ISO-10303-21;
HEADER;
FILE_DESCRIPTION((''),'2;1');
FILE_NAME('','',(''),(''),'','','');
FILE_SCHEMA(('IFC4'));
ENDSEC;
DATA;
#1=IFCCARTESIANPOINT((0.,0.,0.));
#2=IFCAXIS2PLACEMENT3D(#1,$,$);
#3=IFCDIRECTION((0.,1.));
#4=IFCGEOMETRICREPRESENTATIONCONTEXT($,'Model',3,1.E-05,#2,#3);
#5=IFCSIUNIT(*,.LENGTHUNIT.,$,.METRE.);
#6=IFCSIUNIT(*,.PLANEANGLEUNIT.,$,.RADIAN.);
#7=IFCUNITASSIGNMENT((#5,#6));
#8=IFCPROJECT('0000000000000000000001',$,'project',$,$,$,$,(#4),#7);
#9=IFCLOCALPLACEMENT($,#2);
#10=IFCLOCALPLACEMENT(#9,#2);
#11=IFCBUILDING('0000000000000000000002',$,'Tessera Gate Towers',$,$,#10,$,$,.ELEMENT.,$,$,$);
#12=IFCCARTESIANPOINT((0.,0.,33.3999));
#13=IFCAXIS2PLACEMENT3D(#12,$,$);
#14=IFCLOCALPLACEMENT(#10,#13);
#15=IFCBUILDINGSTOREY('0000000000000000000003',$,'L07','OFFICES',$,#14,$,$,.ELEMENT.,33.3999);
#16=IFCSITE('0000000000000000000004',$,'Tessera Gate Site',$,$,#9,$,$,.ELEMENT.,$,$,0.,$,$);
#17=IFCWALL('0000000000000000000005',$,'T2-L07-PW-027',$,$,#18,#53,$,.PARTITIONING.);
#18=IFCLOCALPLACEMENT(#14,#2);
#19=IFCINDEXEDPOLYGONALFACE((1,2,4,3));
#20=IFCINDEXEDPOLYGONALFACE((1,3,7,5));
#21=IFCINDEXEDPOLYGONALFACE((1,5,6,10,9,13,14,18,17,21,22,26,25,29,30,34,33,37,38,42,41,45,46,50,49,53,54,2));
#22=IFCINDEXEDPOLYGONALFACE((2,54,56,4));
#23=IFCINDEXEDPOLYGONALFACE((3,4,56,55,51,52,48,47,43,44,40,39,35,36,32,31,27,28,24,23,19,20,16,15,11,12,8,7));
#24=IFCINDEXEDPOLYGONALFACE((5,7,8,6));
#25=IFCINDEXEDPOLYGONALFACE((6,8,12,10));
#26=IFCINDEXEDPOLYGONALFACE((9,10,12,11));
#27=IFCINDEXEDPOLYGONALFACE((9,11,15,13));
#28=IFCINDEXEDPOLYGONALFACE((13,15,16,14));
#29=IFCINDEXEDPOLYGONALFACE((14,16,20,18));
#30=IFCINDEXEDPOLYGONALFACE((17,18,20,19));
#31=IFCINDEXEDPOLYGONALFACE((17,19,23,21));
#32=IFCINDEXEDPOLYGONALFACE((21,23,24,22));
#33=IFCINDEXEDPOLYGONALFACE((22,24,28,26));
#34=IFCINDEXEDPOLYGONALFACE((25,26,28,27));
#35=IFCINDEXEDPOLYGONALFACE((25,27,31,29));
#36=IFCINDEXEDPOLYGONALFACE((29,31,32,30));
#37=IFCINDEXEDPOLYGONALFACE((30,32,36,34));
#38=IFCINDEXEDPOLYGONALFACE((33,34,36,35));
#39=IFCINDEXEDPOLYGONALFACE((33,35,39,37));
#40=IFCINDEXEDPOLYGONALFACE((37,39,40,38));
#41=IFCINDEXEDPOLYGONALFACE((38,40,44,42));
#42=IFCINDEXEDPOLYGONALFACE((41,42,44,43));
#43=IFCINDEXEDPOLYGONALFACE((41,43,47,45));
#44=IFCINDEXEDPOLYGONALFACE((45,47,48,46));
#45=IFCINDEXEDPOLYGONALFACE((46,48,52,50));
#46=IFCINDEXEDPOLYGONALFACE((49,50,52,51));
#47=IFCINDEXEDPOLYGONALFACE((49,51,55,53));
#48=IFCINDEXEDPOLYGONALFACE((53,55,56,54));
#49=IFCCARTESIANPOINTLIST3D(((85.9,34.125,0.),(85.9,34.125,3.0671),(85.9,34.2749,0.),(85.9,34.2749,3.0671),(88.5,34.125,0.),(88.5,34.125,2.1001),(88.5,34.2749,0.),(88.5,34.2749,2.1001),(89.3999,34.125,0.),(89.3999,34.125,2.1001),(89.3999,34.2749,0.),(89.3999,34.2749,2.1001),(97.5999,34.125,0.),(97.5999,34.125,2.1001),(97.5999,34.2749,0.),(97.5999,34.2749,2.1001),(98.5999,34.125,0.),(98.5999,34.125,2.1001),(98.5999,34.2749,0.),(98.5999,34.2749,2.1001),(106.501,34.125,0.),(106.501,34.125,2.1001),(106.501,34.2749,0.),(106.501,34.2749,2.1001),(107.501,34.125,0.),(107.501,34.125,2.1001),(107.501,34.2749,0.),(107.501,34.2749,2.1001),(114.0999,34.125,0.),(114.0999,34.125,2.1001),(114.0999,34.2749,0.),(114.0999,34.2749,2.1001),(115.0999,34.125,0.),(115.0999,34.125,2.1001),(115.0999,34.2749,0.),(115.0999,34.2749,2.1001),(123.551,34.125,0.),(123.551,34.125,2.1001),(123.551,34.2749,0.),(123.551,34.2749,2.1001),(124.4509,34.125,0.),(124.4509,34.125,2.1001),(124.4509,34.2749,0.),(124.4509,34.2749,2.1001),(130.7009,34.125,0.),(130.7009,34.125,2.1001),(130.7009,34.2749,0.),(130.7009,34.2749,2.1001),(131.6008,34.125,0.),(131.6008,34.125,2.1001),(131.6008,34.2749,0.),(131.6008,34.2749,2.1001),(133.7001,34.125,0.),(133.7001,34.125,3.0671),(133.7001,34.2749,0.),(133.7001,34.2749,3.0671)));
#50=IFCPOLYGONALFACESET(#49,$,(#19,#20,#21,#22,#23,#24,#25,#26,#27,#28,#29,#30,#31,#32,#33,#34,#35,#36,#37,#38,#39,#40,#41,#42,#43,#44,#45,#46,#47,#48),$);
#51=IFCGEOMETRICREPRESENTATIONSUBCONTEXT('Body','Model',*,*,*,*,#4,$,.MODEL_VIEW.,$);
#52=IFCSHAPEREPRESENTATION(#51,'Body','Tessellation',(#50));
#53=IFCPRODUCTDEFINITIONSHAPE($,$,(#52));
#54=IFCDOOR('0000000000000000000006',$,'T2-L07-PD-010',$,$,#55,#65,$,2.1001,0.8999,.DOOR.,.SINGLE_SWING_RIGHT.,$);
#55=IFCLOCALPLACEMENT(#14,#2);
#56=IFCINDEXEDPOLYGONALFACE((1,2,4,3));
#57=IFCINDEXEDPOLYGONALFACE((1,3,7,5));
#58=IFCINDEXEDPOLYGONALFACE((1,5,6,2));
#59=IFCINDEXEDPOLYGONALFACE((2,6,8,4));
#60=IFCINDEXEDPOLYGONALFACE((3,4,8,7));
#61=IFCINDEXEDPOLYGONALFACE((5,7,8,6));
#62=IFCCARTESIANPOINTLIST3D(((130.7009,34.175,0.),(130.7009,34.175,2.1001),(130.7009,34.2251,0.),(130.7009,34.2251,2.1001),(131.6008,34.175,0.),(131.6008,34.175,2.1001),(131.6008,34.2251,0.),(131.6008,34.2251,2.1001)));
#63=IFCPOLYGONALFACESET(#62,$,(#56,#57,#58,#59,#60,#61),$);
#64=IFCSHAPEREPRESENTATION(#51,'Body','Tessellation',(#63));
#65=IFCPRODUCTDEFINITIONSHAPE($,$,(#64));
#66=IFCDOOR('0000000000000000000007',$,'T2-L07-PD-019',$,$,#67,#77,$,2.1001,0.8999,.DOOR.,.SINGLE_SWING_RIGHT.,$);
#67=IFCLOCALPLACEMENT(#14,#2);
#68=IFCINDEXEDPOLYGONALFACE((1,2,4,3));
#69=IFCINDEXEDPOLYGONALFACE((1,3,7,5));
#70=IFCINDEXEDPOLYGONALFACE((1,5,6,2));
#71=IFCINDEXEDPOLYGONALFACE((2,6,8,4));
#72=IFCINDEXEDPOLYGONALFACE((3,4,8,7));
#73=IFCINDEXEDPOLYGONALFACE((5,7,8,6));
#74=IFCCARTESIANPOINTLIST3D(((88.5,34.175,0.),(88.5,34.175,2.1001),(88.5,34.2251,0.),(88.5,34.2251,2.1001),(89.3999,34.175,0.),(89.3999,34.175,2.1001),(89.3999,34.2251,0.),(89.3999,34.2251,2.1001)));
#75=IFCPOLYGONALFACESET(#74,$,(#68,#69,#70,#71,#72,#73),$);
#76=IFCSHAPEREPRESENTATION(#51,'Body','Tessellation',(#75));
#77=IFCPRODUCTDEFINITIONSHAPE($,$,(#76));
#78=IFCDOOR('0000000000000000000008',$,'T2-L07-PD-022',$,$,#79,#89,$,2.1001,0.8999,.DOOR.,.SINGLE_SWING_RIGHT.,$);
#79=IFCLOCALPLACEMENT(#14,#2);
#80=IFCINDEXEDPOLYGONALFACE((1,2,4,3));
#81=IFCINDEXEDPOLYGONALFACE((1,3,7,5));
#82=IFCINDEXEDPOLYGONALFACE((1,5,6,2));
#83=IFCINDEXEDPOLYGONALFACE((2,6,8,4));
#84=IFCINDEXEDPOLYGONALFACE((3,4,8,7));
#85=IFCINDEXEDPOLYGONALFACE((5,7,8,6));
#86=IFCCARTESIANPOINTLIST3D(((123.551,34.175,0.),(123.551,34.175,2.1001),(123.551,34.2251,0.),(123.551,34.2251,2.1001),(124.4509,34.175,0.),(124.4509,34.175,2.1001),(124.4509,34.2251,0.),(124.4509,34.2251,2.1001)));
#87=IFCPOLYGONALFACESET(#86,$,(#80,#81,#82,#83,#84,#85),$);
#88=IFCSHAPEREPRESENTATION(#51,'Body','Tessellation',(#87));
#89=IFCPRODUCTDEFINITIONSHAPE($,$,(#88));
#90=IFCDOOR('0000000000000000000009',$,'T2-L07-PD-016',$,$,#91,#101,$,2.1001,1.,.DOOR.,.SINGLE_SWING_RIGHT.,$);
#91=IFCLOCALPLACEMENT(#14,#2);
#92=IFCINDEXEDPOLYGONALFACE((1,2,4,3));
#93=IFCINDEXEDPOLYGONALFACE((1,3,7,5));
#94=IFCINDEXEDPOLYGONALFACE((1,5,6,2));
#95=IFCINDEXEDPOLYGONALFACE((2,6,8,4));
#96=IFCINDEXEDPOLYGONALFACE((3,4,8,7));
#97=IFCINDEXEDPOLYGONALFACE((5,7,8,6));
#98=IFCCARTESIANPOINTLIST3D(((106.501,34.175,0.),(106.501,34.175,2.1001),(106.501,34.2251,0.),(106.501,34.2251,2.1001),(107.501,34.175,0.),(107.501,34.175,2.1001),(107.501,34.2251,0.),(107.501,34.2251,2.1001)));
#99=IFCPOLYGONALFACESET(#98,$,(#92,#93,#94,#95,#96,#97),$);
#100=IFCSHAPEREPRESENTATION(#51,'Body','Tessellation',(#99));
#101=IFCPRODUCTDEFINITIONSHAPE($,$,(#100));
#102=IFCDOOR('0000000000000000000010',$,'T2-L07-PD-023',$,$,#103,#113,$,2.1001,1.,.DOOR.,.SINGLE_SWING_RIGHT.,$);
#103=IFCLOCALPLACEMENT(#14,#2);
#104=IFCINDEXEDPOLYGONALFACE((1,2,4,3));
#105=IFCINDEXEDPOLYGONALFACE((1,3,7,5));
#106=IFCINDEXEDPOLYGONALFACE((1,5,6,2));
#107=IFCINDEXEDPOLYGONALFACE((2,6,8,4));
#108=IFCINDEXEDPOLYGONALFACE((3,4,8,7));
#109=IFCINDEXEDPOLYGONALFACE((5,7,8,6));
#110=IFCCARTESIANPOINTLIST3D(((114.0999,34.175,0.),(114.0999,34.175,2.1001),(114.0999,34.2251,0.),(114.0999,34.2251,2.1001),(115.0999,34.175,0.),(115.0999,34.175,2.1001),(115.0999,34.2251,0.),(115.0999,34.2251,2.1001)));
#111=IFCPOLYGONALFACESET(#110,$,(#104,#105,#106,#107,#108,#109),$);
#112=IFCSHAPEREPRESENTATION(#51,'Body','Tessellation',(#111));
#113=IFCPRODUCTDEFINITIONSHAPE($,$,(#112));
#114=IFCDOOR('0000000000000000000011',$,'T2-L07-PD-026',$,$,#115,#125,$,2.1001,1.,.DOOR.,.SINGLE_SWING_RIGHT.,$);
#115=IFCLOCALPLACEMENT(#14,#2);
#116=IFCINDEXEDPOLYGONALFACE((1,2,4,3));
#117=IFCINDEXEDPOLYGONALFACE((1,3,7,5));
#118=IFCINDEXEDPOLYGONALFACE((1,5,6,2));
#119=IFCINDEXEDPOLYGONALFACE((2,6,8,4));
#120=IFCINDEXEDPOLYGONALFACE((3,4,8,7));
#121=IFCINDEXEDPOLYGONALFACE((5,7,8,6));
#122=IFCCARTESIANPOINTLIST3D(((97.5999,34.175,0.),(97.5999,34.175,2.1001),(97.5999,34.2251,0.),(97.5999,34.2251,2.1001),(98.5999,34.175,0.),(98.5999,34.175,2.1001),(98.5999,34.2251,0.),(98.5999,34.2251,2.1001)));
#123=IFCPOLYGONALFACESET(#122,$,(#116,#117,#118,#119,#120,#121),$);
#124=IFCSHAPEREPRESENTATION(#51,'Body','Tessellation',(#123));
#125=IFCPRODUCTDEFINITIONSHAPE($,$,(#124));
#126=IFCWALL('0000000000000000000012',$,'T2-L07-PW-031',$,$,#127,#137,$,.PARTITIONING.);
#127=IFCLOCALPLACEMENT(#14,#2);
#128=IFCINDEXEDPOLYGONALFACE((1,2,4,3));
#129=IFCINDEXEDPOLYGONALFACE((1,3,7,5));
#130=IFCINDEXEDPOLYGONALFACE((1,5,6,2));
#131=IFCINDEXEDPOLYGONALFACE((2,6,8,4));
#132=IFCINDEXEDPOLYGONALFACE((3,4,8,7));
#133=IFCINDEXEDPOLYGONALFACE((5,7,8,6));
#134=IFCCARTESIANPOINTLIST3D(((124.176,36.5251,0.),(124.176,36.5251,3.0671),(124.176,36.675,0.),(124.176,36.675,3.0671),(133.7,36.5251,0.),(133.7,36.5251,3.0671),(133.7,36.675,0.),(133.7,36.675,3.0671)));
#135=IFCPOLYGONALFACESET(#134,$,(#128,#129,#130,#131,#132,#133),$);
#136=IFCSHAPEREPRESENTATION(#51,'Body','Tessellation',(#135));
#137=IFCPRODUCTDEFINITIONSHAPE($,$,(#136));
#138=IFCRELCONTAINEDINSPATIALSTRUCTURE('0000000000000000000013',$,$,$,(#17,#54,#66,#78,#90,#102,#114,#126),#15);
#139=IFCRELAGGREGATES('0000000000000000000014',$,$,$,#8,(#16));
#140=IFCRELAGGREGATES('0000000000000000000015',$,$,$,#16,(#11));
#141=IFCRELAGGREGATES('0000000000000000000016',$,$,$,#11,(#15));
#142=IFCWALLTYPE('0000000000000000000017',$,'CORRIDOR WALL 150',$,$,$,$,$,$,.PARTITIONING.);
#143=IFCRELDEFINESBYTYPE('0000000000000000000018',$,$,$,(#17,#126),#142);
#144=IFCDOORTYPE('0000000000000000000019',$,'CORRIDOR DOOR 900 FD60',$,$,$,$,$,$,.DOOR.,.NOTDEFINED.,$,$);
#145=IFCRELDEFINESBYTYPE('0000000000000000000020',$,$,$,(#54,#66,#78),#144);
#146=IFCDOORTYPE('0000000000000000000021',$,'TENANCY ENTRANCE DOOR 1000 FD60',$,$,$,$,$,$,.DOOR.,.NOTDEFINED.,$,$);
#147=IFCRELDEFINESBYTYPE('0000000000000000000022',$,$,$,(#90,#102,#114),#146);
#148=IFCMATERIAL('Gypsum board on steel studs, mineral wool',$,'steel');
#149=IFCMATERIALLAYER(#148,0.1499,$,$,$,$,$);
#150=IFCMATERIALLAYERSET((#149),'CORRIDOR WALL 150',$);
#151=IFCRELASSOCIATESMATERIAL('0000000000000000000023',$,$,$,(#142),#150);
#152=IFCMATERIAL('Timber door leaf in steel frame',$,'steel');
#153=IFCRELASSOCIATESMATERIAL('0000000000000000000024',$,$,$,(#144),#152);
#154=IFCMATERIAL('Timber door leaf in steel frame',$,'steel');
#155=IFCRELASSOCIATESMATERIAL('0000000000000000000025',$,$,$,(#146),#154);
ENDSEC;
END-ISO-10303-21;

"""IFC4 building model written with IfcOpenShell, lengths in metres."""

from ifc_helpers import new_model, si_unit, direction, frame, frame_2d, origin, place, context, subcontext, project, spatial, rectangle, extrude, source, transform, mapped, material, layer, layer_set, type_object, element, fill, save


model = new_model("IFC4")

# Units and contexts
model_context = context("Model", 3, precision=1e-05, world=origin(), true_north=direction((0.0, 1.0)))
body_context = subcontext(model_context, "Body", "Model", "MODEL_VIEW")
ifc_project = project(units=[si_unit("LENGTHUNIT", "METRE"), si_unit("PLANEANGLEUNIT", "RADIAN")], contexts=[model_context])

# Site, building, storey
site_placement = place(None, origin())
site = spatial("IfcSite", under=ifc_project, at=site_placement, Name="Tessera Gate Site", CompositionType="ELEMENT", RefElevation=0.0)
building_placement = place(site_placement, origin())
building = spatial("IfcBuilding", under=site, at=building_placement, Name="Tessera Gate Towers", CompositionType="ELEMENT")
storey_placement = place(building_placement, frame((0.0, 0.0, 33.3999)))
storey = spatial("IfcBuildingStorey", under=building, at=storey_placement, Name="L07", Description="OFFICES", CompositionType="ELEMENT", Elevation=33.3999)

# Wall, openings, doors
ifc_material_1 = material(Name="Gypsum board on steel studs, mineral wool", Category="steel")
ifc_layer_1 = layer(ifc_material_1, 0.1499)
ifc_layer_set_1 = layer_set([ifc_layer_1], Name="CORRIDOR WALL 150")
wall_type_1 = type_object("IfcWallType", Name="CORRIDOR WALL 150", PredefinedType="PARTITIONING", material=ifc_layer_set_1)
wall_1_placement = place(storey_placement, frame((133.7, 34.2, 0.0), z_axis=(0.0, 0.0, 1.0), x_axis=(-1.0, 0.0, 0.0)))
wall_1 = element("IfcWall", 1, at=wall_1_placement, inside=storey, type_object=wall_type_1, Name="T2-L07-PW-027", PredefinedType="PARTITIONING", context=body_context, shape_type="SweptSolid", body=[
    extrude(rectangle(XDim=47.8, YDim=0.1499, at=frame_2d((23.8999, 0.0))), origin(), (0.0, 0.0, 1.0), 3.0671),
])
shared_shape_1 = source(origin(), body_context, "Body", "SweptSolid", [
    extrude(rectangle(XDim=0.8999, YDim=2.1001, at=frame_2d((0.45, 1.05))), frame((0.0, 0.085, 0.0), z_axis=(0.0, -1.0, 0.0), x_axis=(1.0, 0.0, 0.0)), (0.0, 0.0, 1.0), 0.1699),
])
opening_1_placement = place(wall_1_placement, frame((2.0991, 0.0, 0.0)))
opening_1 = element("IfcOpeningElement", 2, at=opening_1_placement, cuts=wall_1, PredefinedType="OPENING", context=body_context, shape_type="MappedRepresentation", body=[
    mapped(shared_shape_1, transform((0.0, 0.0, 0.0), scale=1.0)),
])
shared_shape_2 = source(origin(), body_context, "Body", "SweptSolid", [
    extrude(rectangle(XDim=1.0, YDim=2.1001, at=frame_2d((0.5, 1.05))), frame((0.0, 0.085, 0.0), z_axis=(0.0, -1.0, 0.0), x_axis=(1.0, 0.0, 0.0)), (0.0, 0.0, 1.0), 0.1699),
])
opening_2_placement = place(wall_1_placement, frame((26.199, 0.0, 0.0)))
opening_2 = element("IfcOpeningElement", 3, at=opening_2_placement, cuts=wall_1, PredefinedType="OPENING", context=body_context, shape_type="MappedRepresentation", body=[
    mapped(shared_shape_2, transform((0.0, 0.0, 0.0), scale=1.0)),
])
opening_3_placement = place(wall_1_placement, frame((44.3, 0.0, 0.0)))
opening_3 = element("IfcOpeningElement", 4, at=opening_3_placement, cuts=wall_1, PredefinedType="OPENING", context=body_context, shape_type="MappedRepresentation", body=[
    mapped(shared_shape_1, transform((0.0, 0.0, 0.0), scale=1.0)),
])
opening_4_placement = place(wall_1_placement, frame((9.249, 0.0, 0.0)))
opening_4 = element("IfcOpeningElement", 5, at=opening_4_placement, cuts=wall_1, PredefinedType="OPENING", context=body_context, shape_type="MappedRepresentation", body=[
    mapped(shared_shape_1, transform((0.0, 0.0, 0.0), scale=1.0)),
])
opening_5_placement = place(wall_1_placement, frame((18.6001, 0.0, 0.0)))
opening_5 = element("IfcOpeningElement", 6, at=opening_5_placement, cuts=wall_1, PredefinedType="OPENING", context=body_context, shape_type="MappedRepresentation", body=[
    mapped(shared_shape_2, transform((0.0, 0.0, 0.0), scale=1.0)),
])
opening_6_placement = place(wall_1_placement, frame((35.1001, 0.0, 0.0)))
opening_6 = element("IfcOpeningElement", 7, at=opening_6_placement, cuts=wall_1, PredefinedType="OPENING", context=body_context, shape_type="MappedRepresentation", body=[
    mapped(shared_shape_2, transform((0.0, 0.0, 0.0), scale=1.0)),
])
ifc_material_2 = material(Name="Timber door leaf in steel frame", Category="steel")
door_type_1 = type_object("IfcDoorType", Name="CORRIDOR DOOR 900 FD60", OperationType="NOTDEFINED", PredefinedType="DOOR", material=ifc_material_2)
shared_shape_3 = source(origin(), body_context, "Body", "SweptSolid", [
    extrude(rectangle(XDim=0.8999, YDim=2.1001, at=frame_2d((0.45, 1.05))), frame((0.0, 0.0249, 0.0), z_axis=(0.0, -1.0, 0.0), x_axis=(1.0, 0.0, 0.0)), (0.0, 0.0, 1.0), 0.05),
])
door_1_placement = place(opening_1_placement, origin())
door_1 = element("IfcDoor", 8, at=door_1_placement, inside=storey, type_object=door_type_1, Name="T2-L07-PD-010", OperationType="SINGLE_SWING_RIGHT", OverallHeight=2.1001, OverallWidth=0.8999, PredefinedType="DOOR", context=body_context, shape_type="MappedRepresentation", body=[
    mapped(shared_shape_3, transform((0.0, 0.0, 0.0), scale=1.0)),
])
fill(opening_1, door_1)
door_2_placement = place(opening_3_placement, origin())
door_2 = element("IfcDoor", 9, at=door_2_placement, inside=storey, type_object=door_type_1, Name="T2-L07-PD-019", OperationType="SINGLE_SWING_RIGHT", OverallHeight=2.1001, OverallWidth=0.8999, PredefinedType="DOOR", context=body_context, shape_type="MappedRepresentation", body=[
    mapped(shared_shape_3, transform((0.0, 0.0, 0.0), scale=1.0)),
])
fill(opening_3, door_2)
door_3_placement = place(opening_4_placement, origin())
door_3 = element("IfcDoor", 10, at=door_3_placement, inside=storey, type_object=door_type_1, Name="T2-L07-PD-022", OperationType="SINGLE_SWING_RIGHT", OverallHeight=2.1001, OverallWidth=0.8999, PredefinedType="DOOR", context=body_context, shape_type="MappedRepresentation", body=[
    mapped(shared_shape_3, transform((0.0, 0.0, 0.0), scale=1.0)),
])
fill(opening_4, door_3)
ifc_material_3 = material(Name="Timber door leaf in steel frame", Category="steel")
door_type_2 = type_object("IfcDoorType", Name="TENANCY ENTRANCE DOOR 1000 FD60", OperationType="NOTDEFINED", PredefinedType="DOOR", material=ifc_material_3)
shared_shape_4 = source(origin(), body_context, "Body", "SweptSolid", [
    extrude(rectangle(XDim=1.0, YDim=2.1001, at=frame_2d((0.5, 1.05))), frame((0.0, 0.0249, 0.0), z_axis=(0.0, -1.0, 0.0), x_axis=(1.0, 0.0, 0.0)), (0.0, 0.0, 1.0), 0.05),
])
door_4_placement = place(opening_2_placement, origin())
door_4 = element("IfcDoor", 11, at=door_4_placement, inside=storey, type_object=door_type_2, Name="T2-L07-PD-016", OperationType="SINGLE_SWING_RIGHT", OverallHeight=2.1001, OverallWidth=1.0, PredefinedType="DOOR", context=body_context, shape_type="MappedRepresentation", body=[
    mapped(shared_shape_4, transform((0.0, 0.0, 0.0), scale=1.0)),
])
fill(opening_2, door_4)
door_5_placement = place(opening_5_placement, origin())
door_5 = element("IfcDoor", 12, at=door_5_placement, inside=storey, type_object=door_type_2, Name="T2-L07-PD-023", OperationType="SINGLE_SWING_RIGHT", OverallHeight=2.1001, OverallWidth=1.0, PredefinedType="DOOR", context=body_context, shape_type="MappedRepresentation", body=[
    mapped(shared_shape_4, transform((0.0, 0.0, 0.0), scale=1.0)),
])
fill(opening_5, door_5)
door_6_placement = place(opening_6_placement, origin())
door_6 = element("IfcDoor", 13, at=door_6_placement, inside=storey, type_object=door_type_2, Name="T2-L07-PD-026", OperationType="SINGLE_SWING_RIGHT", OverallHeight=2.1001, OverallWidth=1.0, PredefinedType="DOOR", context=body_context, shape_type="MappedRepresentation", body=[
    mapped(shared_shape_4, transform((0.0, 0.0, 0.0), scale=1.0)),
])
fill(opening_6, door_6)

# Wall
wall_2_placement = place(storey_placement, frame((124.176, 36.6001, 0.0), z_axis=(0.0, 0.0, 1.0), x_axis=(1.0, 0.0, 0.0)))
element("IfcWall", 14, at=wall_2_placement, inside=storey, type_object=wall_type_1, Name="T2-L07-PW-031", PredefinedType="PARTITIONING", context=body_context, shape_type="SweptSolid", body=[
    extrude(rectangle(XDim=9.5239, YDim=0.1499, at=frame_2d((4.762, 0.0))), origin(), (0.0, 0.0, 1.0), 3.0671),
])

save(model, "model.ifc")
